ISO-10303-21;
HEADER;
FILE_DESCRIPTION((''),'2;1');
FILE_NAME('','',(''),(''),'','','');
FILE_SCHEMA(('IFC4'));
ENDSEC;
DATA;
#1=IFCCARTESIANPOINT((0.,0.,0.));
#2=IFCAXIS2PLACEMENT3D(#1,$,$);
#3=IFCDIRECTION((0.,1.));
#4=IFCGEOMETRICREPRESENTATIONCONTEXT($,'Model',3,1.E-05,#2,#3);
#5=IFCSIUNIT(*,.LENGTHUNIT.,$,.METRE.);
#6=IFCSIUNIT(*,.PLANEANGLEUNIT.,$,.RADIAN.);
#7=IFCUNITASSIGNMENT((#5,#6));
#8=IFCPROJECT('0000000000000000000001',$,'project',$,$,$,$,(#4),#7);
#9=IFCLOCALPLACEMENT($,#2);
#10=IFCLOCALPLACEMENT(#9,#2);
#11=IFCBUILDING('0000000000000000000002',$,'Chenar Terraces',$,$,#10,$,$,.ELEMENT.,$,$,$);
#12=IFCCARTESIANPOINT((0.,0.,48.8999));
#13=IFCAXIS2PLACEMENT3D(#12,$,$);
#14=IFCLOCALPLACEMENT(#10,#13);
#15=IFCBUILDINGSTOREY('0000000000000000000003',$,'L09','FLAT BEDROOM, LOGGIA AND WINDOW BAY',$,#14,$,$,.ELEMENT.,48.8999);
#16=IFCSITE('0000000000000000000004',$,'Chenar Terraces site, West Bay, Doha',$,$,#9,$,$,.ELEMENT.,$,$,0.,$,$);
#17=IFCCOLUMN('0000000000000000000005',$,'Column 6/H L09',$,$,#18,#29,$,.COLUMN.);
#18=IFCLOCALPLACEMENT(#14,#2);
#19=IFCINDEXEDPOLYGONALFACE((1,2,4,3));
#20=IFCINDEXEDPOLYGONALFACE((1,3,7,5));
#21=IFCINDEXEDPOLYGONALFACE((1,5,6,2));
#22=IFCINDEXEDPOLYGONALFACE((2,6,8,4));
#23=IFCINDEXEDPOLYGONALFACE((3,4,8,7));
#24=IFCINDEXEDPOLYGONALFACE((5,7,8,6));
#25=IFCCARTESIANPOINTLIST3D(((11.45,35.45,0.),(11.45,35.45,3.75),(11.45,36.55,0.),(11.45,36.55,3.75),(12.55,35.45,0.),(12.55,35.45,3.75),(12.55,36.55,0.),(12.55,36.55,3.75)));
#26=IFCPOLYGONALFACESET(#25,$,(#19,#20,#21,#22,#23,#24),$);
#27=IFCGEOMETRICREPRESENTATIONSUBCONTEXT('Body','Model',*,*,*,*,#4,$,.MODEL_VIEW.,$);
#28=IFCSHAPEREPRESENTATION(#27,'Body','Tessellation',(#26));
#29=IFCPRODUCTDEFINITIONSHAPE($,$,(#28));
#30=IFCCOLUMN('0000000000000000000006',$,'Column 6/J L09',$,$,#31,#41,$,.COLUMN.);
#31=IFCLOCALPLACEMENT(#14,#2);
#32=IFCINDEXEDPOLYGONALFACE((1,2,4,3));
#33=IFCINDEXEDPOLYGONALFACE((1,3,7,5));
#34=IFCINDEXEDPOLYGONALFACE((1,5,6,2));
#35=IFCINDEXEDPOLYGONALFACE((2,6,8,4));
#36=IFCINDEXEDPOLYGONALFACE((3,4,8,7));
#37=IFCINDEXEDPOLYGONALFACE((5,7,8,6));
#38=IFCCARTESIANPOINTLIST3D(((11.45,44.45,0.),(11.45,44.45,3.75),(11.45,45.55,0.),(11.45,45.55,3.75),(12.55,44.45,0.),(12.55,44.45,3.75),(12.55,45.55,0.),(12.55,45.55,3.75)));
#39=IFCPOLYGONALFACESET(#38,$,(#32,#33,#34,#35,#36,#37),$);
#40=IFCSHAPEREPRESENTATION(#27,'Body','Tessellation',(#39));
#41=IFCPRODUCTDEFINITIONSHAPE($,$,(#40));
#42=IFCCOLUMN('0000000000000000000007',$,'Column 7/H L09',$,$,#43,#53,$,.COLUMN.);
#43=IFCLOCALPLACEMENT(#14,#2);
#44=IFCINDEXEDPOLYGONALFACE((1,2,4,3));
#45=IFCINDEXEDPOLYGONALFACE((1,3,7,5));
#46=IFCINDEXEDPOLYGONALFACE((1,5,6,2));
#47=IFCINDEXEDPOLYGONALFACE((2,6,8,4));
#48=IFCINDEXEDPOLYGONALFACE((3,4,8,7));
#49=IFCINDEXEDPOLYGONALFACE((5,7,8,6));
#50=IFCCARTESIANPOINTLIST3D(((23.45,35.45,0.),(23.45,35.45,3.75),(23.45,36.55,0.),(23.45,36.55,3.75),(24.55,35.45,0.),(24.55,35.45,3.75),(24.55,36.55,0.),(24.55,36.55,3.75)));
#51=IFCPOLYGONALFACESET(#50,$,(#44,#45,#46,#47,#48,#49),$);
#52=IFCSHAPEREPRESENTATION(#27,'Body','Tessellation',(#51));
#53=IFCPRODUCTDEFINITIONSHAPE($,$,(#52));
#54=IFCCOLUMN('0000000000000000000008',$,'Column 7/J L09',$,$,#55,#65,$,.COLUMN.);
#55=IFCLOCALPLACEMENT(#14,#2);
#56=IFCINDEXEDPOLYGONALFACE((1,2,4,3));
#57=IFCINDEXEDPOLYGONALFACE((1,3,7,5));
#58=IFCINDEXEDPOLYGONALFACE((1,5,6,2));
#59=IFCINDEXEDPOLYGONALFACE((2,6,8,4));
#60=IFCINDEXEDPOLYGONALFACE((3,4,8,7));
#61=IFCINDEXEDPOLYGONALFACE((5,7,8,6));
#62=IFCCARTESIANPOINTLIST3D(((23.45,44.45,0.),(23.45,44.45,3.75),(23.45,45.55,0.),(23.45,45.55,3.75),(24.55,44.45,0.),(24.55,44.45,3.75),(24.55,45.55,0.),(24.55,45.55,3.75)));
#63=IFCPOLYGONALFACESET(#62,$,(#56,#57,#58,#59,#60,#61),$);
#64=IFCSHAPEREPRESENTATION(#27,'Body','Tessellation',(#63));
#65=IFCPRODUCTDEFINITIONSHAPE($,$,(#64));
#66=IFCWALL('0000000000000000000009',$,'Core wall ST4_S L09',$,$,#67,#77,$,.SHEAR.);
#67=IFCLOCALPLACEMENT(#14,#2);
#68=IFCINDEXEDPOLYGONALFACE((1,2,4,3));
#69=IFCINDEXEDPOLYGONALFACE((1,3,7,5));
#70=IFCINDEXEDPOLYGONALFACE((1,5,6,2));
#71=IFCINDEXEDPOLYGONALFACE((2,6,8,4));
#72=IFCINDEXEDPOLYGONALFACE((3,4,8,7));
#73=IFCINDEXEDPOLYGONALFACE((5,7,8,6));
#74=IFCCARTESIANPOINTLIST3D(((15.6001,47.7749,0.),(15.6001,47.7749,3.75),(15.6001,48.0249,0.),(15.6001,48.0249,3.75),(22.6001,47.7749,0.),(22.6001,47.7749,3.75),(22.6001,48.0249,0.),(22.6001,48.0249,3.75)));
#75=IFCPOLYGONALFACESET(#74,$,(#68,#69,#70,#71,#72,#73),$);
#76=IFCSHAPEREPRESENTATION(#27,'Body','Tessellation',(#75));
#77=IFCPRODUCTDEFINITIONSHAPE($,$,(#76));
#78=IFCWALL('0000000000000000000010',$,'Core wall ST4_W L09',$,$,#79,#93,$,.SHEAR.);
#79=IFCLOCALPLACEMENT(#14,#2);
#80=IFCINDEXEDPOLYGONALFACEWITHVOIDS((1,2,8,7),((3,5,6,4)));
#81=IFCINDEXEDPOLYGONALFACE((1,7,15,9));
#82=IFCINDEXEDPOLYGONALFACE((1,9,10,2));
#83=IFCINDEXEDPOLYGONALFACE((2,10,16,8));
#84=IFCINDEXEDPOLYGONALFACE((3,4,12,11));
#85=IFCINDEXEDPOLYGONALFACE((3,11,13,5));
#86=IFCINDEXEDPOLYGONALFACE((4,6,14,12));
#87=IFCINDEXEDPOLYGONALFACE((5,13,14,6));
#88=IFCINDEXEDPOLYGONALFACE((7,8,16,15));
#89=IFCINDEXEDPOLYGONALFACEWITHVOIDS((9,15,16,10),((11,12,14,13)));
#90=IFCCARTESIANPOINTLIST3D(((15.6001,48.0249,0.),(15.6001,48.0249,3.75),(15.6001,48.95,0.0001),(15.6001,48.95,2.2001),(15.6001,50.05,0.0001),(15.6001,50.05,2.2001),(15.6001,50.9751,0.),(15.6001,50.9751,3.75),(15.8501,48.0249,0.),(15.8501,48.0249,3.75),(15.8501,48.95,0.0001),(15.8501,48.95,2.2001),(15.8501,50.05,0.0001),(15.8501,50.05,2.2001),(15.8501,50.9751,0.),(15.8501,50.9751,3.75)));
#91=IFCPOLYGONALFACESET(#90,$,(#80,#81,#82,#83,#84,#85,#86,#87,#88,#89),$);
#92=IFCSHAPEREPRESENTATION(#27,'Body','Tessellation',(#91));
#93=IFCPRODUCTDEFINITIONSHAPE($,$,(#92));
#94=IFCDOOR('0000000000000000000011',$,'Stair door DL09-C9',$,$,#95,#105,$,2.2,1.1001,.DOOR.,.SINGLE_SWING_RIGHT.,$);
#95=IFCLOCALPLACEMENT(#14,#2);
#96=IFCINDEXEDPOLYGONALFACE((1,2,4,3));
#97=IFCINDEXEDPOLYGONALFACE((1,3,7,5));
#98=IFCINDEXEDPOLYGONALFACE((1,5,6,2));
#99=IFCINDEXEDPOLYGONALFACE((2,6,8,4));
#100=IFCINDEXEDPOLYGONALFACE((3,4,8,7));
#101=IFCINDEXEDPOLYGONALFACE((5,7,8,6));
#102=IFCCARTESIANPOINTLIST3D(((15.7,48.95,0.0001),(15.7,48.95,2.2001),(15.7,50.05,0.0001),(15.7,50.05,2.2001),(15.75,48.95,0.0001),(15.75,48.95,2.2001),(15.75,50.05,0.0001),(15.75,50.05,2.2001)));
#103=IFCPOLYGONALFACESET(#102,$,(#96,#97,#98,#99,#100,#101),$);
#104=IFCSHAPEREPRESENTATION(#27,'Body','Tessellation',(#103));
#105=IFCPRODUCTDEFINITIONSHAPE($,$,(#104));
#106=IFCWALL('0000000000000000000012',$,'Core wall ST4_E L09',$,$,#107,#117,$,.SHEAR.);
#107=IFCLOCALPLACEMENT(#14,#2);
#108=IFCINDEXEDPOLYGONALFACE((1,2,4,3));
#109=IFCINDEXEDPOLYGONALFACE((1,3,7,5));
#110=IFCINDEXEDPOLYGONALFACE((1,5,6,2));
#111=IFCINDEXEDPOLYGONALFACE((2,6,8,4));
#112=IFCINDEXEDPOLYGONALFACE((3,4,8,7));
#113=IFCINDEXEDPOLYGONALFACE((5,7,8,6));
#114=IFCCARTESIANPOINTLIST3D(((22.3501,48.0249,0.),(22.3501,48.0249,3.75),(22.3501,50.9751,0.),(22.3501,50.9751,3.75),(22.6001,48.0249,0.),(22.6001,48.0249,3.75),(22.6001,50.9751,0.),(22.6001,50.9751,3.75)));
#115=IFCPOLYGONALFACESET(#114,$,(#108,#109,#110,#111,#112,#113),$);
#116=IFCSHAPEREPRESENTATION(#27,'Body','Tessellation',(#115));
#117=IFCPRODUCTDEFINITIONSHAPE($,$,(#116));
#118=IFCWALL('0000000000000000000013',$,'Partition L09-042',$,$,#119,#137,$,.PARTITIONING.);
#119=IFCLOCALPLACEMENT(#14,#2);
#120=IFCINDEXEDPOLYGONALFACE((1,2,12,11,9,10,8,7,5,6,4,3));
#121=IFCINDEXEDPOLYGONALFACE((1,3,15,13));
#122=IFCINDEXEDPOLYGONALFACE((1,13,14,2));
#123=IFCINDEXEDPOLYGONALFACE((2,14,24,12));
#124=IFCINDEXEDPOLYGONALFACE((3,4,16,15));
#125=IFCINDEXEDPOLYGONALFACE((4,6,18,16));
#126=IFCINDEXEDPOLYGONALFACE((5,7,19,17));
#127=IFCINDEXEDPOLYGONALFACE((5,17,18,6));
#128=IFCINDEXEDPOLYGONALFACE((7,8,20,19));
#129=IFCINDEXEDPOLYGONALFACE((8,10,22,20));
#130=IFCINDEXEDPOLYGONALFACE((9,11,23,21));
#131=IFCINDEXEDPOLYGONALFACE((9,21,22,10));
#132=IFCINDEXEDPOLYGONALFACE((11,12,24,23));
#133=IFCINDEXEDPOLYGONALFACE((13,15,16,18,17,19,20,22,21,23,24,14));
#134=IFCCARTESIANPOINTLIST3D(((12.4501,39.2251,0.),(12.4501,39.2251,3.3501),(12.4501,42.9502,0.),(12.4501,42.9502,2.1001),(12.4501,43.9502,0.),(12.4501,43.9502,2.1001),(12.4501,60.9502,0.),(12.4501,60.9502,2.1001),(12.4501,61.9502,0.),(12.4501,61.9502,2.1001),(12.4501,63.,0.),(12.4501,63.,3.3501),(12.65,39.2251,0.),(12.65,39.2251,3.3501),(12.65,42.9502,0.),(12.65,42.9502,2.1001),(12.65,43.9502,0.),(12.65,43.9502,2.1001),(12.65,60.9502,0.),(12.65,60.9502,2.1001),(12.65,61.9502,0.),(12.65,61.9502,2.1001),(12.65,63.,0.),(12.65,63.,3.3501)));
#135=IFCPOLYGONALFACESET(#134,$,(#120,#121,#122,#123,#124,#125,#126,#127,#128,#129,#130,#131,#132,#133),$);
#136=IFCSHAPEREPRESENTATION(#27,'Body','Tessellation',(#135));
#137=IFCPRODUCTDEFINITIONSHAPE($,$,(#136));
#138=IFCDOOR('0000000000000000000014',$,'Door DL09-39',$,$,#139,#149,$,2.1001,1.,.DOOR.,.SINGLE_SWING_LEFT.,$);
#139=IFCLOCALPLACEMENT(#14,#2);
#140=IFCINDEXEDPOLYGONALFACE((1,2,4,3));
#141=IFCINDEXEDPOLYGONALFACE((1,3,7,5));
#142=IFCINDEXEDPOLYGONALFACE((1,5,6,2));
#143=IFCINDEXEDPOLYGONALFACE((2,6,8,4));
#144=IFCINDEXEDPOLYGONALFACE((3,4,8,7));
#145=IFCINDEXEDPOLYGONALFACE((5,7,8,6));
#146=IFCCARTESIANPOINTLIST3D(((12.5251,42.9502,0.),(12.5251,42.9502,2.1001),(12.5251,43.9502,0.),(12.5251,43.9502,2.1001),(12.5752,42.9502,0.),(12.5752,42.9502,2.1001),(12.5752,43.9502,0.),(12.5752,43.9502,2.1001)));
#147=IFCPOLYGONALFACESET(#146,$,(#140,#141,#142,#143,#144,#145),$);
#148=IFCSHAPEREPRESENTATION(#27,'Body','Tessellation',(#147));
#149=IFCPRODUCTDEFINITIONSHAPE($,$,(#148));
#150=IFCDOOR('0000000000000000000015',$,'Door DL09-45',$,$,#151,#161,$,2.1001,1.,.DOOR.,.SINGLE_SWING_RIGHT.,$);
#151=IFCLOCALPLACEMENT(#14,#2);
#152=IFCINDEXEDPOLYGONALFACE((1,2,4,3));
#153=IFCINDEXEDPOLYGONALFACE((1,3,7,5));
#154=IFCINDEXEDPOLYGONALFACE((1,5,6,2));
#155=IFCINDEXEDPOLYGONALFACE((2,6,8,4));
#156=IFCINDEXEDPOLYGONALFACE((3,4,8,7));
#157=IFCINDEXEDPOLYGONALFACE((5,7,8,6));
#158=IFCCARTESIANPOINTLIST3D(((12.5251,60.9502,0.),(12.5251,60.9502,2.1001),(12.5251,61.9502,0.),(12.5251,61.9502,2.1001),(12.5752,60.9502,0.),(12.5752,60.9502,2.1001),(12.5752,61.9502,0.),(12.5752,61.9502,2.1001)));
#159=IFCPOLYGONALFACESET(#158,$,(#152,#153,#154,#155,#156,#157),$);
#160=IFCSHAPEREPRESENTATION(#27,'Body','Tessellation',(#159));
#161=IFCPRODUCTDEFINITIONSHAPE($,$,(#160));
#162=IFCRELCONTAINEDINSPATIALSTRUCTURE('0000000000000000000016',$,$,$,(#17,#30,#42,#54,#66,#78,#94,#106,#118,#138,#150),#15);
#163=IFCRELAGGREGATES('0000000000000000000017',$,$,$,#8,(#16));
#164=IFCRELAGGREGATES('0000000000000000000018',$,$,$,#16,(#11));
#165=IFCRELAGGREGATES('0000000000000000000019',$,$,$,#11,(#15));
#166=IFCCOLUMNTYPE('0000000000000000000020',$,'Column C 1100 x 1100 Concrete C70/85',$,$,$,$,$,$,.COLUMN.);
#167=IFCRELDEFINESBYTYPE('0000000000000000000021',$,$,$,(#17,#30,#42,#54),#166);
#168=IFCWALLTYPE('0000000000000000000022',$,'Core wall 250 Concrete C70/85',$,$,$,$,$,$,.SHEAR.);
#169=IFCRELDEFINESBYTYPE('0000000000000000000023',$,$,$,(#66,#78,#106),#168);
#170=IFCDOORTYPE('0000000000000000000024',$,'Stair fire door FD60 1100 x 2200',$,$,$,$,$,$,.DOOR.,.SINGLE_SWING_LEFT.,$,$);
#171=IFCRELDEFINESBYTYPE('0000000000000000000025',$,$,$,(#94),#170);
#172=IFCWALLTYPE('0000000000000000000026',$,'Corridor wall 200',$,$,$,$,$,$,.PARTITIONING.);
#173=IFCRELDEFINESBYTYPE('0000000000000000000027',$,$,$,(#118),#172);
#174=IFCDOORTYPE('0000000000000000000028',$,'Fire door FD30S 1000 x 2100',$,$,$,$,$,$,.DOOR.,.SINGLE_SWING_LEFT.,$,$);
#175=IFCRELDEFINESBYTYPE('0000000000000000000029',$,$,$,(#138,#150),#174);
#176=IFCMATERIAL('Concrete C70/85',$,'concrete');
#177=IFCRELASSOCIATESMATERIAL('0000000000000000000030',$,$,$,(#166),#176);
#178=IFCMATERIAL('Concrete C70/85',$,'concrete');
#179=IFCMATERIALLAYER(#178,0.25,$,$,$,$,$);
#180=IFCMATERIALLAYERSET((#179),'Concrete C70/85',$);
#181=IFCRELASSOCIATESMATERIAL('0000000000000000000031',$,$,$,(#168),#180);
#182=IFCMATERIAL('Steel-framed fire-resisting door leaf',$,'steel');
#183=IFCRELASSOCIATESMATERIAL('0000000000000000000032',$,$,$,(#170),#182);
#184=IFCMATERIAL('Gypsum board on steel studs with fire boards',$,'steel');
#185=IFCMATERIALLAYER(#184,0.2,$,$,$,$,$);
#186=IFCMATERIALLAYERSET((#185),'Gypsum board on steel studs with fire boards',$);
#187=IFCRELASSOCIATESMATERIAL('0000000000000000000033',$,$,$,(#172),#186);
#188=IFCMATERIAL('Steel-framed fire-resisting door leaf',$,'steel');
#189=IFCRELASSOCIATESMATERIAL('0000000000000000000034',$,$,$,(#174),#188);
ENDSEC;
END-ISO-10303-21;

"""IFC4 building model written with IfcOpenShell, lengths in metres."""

from ifc_helpers import new_model, si_unit, direction, frame, frame_2d, origin, origin_2d, place, context, subcontext, project, spatial, rectangle, extrude, material, layer, layer_set, material_profile, profile_set, type_object, element, fill, save


model = new_model("IFC4")

# Units and contexts
model_context = context("Model", 3, precision=1e-05, world=origin(), true_north=direction((0.0, 1.0)))
body_context = subcontext(model_context, "Body", "Model", "MODEL_VIEW")
ifc_project = project(units=[si_unit("LENGTHUNIT", "METRE"), si_unit("PLANEANGLEUNIT", "RADIAN")], contexts=[model_context])

# Site, building, storey
site_placement = place(None, origin())
site = spatial("IfcSite", under=ifc_project, at=site_placement, Name="Chenar Terraces site, West Bay, Doha", CompositionType="ELEMENT", RefElevation=0.0)
building_placement = place(site_placement, origin())
building = spatial("IfcBuilding", under=site, at=building_placement, Name="Chenar Terraces", CompositionType="ELEMENT")
storey_placement = place(building_placement, frame((0.0, 0.0, 48.8999)))
storey = spatial("IfcBuildingStorey", under=building, at=storey_placement, Name="L09", Description="FLAT BEDROOM, LOGGIA AND WINDOW BAY", CompositionType="ELEMENT", Elevation=48.8999)

# Columns
ifc_material_1 = material(Name="Concrete C70/85", Category="concrete")
ifc_material_profile = material_profile(ifc_material_1, rectangle(XDim=1.1001, YDim=1.1001, at=origin_2d()), Name="C 1100 x 1100")
ifc_profile_set = profile_set([ifc_material_profile], Name="Concrete C70/85")
column_type = type_object("IfcColumnType", Name="Column C 1100 x 1100 Concrete C70/85", PredefinedType="COLUMN", material=ifc_profile_set)
for number, where, z_axis, x_axis, name in (
    (1, (12.0, 36.0, 0.0), (0.0, 0.0, 1.0), (1.0, 0.0, 0.0), "Column 6/H L09"),
    (2, (12.0, 45.0, 0.0), (0.0, 0.0, 1.0), (1.0, 0.0, 0.0), "Column 6/J L09"),
    (3, (24.0, 36.0, 0.0), (0.0, 0.0, 1.0), (1.0, 0.0, 0.0), "Column 7/H L09"),
    (4, (24.0, 45.0, 0.0), (0.0, 0.0, 1.0), (1.0, 0.0, 0.0), "Column 7/J L09"),
):
    element("IfcColumn", number, at=place(storey_placement, frame(where, z_axis=z_axis, x_axis=x_axis)), inside=storey, type_object=column_type, Name=name, PredefinedType="COLUMN", context=body_context, shape_type="SweptSolid", body=[
        extrude(rectangle(XDim=1.1001, YDim=1.1001, at=origin_2d()), origin(), (0.0, 0.0, 1.0), 3.75),
    ])

# Wall
ifc_material_2 = material(Name="Concrete C70/85", Category="concrete")
ifc_layer_1 = layer(ifc_material_2, 0.25)
ifc_layer_set_1 = layer_set([ifc_layer_1], Name="Concrete C70/85")
wall_type_1 = type_object("IfcWallType", Name="Core wall 250 Concrete C70/85", PredefinedType="SHEAR", material=ifc_layer_set_1)
wall_1_placement = place(storey_placement, frame((15.6001, 47.8999, 0.0), z_axis=(0.0, 0.0, 1.0), x_axis=(1.0, 0.0, 0.0)))
element("IfcWall", 5, at=wall_1_placement, inside=storey, type_object=wall_type_1, Name="Core wall ST4_S L09", PredefinedType="SHEAR", context=body_context, shape_type="SweptSolid", body=[
    extrude(rectangle(XDim=7.0, YDim=0.25, at=frame_2d((3.5, 0.0))), origin(), (0.0, 0.0, 1.0), 3.75),
])

# Wall, opening, door
wall_2_placement = place(storey_placement, frame((15.7251, 48.0249, 0.0), z_axis=(0.0, 0.0, 1.0), x_axis=(0.0, 1.0, 0.0)))
wall_2 = element("IfcWall", 6, at=wall_2_placement, inside=storey, type_object=wall_type_1, Name="Core wall ST4_W L09", PredefinedType="SHEAR", context=body_context, shape_type="SweptSolid", body=[
    extrude(rectangle(XDim=2.9502, YDim=0.25, at=frame_2d((1.4751, 0.0))), origin(), (0.0, 0.0, 1.0), 3.75),
])
opening_1_placement = place(wall_2_placement, frame((0.925, 0.0, 0.0)))
opening_1 = element("IfcOpeningElement", 7, at=opening_1_placement, cuts=wall_2, PredefinedType="OPENING", context=body_context, shape_type="SweptSolid", body=[
    extrude(rectangle(XDim=1.1001, YDim=2.2, at=frame_2d((0.55, 1.1001))), frame((0.0, 0.135, 0.0), z_axis=(0.0, -1.0, 0.0), x_axis=(1.0, 0.0, 0.0)), (0.0, 0.0, 1.0), 0.27),
])
ifc_material_3 = material(Name="Steel-framed fire-resisting door leaf", Category="steel")
door_type_1 = type_object("IfcDoorType", Name="Stair fire door FD60 1100 x 2200", OperationType="SINGLE_SWING_LEFT", PredefinedType="DOOR", material=ifc_material_3)
door_1_placement = place(opening_1_placement, frame((1.1001, 0.0, 0.0), z_axis=(0.0, 0.0, 1.0), x_axis=(-1.0, 0.0, 0.0)))
door_1 = element("IfcDoor", 8, at=door_1_placement, inside=storey, type_object=door_type_1, Name="Stair door DL09-C9", OperationType="SINGLE_SWING_RIGHT", OverallHeight=2.2, OverallWidth=1.1001, PredefinedType="DOOR", context=body_context, shape_type="SweptSolid", body=[
    extrude(rectangle(XDim=1.1001, YDim=2.2, at=frame_2d((0.55, 1.1001))), frame((0.0, 0.0249, 0.0), z_axis=(0.0, -1.0, 0.0), x_axis=(1.0, 0.0, 0.0)), (0.0, 0.0, 1.0), 0.05),
])
fill(opening_1, door_1)

# Wall
wall_3_placement = place(storey_placement, frame((22.4751, 48.0249, 0.0), z_axis=(0.0, 0.0, 1.0), x_axis=(0.0, 1.0, 0.0)))
element("IfcWall", 9, at=wall_3_placement, inside=storey, type_object=wall_type_1, Name="Core wall ST4_E L09", PredefinedType="SHEAR", context=body_context, shape_type="SweptSolid", body=[
    extrude(rectangle(XDim=2.9502, YDim=0.25, at=frame_2d((1.4751, 0.0))), origin(), (0.0, 0.0, 1.0), 3.75),
])

# Wall, openings, doors
ifc_material_4 = material(Name="Gypsum board on steel studs with fire boards", Category="steel")
ifc_layer_2 = layer(ifc_material_4, 0.2)
ifc_layer_set_2 = layer_set([ifc_layer_2], Name="Gypsum board on steel studs with fire boards")
wall_type_2 = type_object("IfcWallType", Name="Corridor wall 200", PredefinedType="PARTITIONING", material=ifc_layer_set_2)
wall_4_placement = place(storey_placement, frame((12.55, 39.2251, 0.0), z_axis=(0.0, 0.0, 1.0), x_axis=(0.0, 1.0, 0.0)))
wall_4 = element("IfcWall", 10, at=wall_4_placement, inside=storey, type_object=wall_type_2, Name="Partition L09-042", PredefinedType="PARTITIONING", context=body_context, shape_type="SweptSolid", body=[
    extrude(rectangle(XDim=23.7749, YDim=0.2, at=frame_2d((11.8875, 0.0))), origin(), (0.0, 0.0, 1.0), 3.3501),
])
opening_2_placement = place(wall_4_placement, frame((3.7251, 0.0, 0.0)))
opening_2 = element("IfcOpeningElement", 11, at=opening_2_placement, cuts=wall_4, PredefinedType="OPENING", context=body_context, shape_type="SweptSolid", body=[
    extrude(rectangle(XDim=1.0, YDim=2.1001, at=frame_2d((0.5, 1.05))), frame((0.0, 0.1099, 0.0), z_axis=(0.0, -1.0, 0.0), x_axis=(1.0, 0.0, 0.0)), (0.0, 0.0, 1.0), 0.22),
])
opening_3_placement = place(wall_4_placement, frame((21.7251, 0.0, 0.0)))
opening_3 = element("IfcOpeningElement", 12, at=opening_3_placement, cuts=wall_4, PredefinedType="OPENING", context=body_context, shape_type="SweptSolid", body=[
    extrude(rectangle(XDim=1.0, YDim=2.1001, at=frame_2d((0.5, 1.05))), frame((0.0, 0.1099, 0.0), z_axis=(0.0, -1.0, 0.0), x_axis=(1.0, 0.0, 0.0)), (0.0, 0.0, 1.0), 0.22),
])
ifc_material_5 = material(Name="Steel-framed fire-resisting door leaf", Category="steel")
door_type_2 = type_object("IfcDoorType", Name="Fire door FD30S 1000 x 2100", OperationType="SINGLE_SWING_LEFT", PredefinedType="DOOR", material=ifc_material_5)
door_2_placement = place(opening_2_placement, origin())
door_2 = element("IfcDoor", 13, at=door_2_placement, inside=storey, type_object=door_type_2, Name="Door DL09-39", OperationType="SINGLE_SWING_LEFT", OverallHeight=2.1001, OverallWidth=1.0, PredefinedType="DOOR", context=body_context, shape_type="SweptSolid", body=[
    extrude(rectangle(XDim=1.0, YDim=2.1001, at=frame_2d((0.5, 1.05))), frame((0.0, 0.0249, 0.0), z_axis=(0.0, -1.0, 0.0), x_axis=(1.0, 0.0, 0.0)), (0.0, 0.0, 1.0), 0.05),
])
fill(opening_2, door_2)
door_3_placement = place(opening_3_placement, origin())
door_3 = element("IfcDoor", 14, at=door_3_placement, inside=storey, type_object=door_type_2, Name="Door DL09-45", OperationType="SINGLE_SWING_RIGHT", OverallHeight=2.1001, OverallWidth=1.0, PredefinedType="DOOR", context=body_context, shape_type="SweptSolid", body=[
    extrude(rectangle(XDim=1.0, YDim=2.1001, at=frame_2d((0.5, 1.05))), frame((0.0, 0.0249, 0.0), z_axis=(0.0, -1.0, 0.0), x_axis=(1.0, 0.0, 0.0)), (0.0, 0.0, 1.0), 0.05),
])
fill(opening_3, door_3)

save(model, "model.ifc")
